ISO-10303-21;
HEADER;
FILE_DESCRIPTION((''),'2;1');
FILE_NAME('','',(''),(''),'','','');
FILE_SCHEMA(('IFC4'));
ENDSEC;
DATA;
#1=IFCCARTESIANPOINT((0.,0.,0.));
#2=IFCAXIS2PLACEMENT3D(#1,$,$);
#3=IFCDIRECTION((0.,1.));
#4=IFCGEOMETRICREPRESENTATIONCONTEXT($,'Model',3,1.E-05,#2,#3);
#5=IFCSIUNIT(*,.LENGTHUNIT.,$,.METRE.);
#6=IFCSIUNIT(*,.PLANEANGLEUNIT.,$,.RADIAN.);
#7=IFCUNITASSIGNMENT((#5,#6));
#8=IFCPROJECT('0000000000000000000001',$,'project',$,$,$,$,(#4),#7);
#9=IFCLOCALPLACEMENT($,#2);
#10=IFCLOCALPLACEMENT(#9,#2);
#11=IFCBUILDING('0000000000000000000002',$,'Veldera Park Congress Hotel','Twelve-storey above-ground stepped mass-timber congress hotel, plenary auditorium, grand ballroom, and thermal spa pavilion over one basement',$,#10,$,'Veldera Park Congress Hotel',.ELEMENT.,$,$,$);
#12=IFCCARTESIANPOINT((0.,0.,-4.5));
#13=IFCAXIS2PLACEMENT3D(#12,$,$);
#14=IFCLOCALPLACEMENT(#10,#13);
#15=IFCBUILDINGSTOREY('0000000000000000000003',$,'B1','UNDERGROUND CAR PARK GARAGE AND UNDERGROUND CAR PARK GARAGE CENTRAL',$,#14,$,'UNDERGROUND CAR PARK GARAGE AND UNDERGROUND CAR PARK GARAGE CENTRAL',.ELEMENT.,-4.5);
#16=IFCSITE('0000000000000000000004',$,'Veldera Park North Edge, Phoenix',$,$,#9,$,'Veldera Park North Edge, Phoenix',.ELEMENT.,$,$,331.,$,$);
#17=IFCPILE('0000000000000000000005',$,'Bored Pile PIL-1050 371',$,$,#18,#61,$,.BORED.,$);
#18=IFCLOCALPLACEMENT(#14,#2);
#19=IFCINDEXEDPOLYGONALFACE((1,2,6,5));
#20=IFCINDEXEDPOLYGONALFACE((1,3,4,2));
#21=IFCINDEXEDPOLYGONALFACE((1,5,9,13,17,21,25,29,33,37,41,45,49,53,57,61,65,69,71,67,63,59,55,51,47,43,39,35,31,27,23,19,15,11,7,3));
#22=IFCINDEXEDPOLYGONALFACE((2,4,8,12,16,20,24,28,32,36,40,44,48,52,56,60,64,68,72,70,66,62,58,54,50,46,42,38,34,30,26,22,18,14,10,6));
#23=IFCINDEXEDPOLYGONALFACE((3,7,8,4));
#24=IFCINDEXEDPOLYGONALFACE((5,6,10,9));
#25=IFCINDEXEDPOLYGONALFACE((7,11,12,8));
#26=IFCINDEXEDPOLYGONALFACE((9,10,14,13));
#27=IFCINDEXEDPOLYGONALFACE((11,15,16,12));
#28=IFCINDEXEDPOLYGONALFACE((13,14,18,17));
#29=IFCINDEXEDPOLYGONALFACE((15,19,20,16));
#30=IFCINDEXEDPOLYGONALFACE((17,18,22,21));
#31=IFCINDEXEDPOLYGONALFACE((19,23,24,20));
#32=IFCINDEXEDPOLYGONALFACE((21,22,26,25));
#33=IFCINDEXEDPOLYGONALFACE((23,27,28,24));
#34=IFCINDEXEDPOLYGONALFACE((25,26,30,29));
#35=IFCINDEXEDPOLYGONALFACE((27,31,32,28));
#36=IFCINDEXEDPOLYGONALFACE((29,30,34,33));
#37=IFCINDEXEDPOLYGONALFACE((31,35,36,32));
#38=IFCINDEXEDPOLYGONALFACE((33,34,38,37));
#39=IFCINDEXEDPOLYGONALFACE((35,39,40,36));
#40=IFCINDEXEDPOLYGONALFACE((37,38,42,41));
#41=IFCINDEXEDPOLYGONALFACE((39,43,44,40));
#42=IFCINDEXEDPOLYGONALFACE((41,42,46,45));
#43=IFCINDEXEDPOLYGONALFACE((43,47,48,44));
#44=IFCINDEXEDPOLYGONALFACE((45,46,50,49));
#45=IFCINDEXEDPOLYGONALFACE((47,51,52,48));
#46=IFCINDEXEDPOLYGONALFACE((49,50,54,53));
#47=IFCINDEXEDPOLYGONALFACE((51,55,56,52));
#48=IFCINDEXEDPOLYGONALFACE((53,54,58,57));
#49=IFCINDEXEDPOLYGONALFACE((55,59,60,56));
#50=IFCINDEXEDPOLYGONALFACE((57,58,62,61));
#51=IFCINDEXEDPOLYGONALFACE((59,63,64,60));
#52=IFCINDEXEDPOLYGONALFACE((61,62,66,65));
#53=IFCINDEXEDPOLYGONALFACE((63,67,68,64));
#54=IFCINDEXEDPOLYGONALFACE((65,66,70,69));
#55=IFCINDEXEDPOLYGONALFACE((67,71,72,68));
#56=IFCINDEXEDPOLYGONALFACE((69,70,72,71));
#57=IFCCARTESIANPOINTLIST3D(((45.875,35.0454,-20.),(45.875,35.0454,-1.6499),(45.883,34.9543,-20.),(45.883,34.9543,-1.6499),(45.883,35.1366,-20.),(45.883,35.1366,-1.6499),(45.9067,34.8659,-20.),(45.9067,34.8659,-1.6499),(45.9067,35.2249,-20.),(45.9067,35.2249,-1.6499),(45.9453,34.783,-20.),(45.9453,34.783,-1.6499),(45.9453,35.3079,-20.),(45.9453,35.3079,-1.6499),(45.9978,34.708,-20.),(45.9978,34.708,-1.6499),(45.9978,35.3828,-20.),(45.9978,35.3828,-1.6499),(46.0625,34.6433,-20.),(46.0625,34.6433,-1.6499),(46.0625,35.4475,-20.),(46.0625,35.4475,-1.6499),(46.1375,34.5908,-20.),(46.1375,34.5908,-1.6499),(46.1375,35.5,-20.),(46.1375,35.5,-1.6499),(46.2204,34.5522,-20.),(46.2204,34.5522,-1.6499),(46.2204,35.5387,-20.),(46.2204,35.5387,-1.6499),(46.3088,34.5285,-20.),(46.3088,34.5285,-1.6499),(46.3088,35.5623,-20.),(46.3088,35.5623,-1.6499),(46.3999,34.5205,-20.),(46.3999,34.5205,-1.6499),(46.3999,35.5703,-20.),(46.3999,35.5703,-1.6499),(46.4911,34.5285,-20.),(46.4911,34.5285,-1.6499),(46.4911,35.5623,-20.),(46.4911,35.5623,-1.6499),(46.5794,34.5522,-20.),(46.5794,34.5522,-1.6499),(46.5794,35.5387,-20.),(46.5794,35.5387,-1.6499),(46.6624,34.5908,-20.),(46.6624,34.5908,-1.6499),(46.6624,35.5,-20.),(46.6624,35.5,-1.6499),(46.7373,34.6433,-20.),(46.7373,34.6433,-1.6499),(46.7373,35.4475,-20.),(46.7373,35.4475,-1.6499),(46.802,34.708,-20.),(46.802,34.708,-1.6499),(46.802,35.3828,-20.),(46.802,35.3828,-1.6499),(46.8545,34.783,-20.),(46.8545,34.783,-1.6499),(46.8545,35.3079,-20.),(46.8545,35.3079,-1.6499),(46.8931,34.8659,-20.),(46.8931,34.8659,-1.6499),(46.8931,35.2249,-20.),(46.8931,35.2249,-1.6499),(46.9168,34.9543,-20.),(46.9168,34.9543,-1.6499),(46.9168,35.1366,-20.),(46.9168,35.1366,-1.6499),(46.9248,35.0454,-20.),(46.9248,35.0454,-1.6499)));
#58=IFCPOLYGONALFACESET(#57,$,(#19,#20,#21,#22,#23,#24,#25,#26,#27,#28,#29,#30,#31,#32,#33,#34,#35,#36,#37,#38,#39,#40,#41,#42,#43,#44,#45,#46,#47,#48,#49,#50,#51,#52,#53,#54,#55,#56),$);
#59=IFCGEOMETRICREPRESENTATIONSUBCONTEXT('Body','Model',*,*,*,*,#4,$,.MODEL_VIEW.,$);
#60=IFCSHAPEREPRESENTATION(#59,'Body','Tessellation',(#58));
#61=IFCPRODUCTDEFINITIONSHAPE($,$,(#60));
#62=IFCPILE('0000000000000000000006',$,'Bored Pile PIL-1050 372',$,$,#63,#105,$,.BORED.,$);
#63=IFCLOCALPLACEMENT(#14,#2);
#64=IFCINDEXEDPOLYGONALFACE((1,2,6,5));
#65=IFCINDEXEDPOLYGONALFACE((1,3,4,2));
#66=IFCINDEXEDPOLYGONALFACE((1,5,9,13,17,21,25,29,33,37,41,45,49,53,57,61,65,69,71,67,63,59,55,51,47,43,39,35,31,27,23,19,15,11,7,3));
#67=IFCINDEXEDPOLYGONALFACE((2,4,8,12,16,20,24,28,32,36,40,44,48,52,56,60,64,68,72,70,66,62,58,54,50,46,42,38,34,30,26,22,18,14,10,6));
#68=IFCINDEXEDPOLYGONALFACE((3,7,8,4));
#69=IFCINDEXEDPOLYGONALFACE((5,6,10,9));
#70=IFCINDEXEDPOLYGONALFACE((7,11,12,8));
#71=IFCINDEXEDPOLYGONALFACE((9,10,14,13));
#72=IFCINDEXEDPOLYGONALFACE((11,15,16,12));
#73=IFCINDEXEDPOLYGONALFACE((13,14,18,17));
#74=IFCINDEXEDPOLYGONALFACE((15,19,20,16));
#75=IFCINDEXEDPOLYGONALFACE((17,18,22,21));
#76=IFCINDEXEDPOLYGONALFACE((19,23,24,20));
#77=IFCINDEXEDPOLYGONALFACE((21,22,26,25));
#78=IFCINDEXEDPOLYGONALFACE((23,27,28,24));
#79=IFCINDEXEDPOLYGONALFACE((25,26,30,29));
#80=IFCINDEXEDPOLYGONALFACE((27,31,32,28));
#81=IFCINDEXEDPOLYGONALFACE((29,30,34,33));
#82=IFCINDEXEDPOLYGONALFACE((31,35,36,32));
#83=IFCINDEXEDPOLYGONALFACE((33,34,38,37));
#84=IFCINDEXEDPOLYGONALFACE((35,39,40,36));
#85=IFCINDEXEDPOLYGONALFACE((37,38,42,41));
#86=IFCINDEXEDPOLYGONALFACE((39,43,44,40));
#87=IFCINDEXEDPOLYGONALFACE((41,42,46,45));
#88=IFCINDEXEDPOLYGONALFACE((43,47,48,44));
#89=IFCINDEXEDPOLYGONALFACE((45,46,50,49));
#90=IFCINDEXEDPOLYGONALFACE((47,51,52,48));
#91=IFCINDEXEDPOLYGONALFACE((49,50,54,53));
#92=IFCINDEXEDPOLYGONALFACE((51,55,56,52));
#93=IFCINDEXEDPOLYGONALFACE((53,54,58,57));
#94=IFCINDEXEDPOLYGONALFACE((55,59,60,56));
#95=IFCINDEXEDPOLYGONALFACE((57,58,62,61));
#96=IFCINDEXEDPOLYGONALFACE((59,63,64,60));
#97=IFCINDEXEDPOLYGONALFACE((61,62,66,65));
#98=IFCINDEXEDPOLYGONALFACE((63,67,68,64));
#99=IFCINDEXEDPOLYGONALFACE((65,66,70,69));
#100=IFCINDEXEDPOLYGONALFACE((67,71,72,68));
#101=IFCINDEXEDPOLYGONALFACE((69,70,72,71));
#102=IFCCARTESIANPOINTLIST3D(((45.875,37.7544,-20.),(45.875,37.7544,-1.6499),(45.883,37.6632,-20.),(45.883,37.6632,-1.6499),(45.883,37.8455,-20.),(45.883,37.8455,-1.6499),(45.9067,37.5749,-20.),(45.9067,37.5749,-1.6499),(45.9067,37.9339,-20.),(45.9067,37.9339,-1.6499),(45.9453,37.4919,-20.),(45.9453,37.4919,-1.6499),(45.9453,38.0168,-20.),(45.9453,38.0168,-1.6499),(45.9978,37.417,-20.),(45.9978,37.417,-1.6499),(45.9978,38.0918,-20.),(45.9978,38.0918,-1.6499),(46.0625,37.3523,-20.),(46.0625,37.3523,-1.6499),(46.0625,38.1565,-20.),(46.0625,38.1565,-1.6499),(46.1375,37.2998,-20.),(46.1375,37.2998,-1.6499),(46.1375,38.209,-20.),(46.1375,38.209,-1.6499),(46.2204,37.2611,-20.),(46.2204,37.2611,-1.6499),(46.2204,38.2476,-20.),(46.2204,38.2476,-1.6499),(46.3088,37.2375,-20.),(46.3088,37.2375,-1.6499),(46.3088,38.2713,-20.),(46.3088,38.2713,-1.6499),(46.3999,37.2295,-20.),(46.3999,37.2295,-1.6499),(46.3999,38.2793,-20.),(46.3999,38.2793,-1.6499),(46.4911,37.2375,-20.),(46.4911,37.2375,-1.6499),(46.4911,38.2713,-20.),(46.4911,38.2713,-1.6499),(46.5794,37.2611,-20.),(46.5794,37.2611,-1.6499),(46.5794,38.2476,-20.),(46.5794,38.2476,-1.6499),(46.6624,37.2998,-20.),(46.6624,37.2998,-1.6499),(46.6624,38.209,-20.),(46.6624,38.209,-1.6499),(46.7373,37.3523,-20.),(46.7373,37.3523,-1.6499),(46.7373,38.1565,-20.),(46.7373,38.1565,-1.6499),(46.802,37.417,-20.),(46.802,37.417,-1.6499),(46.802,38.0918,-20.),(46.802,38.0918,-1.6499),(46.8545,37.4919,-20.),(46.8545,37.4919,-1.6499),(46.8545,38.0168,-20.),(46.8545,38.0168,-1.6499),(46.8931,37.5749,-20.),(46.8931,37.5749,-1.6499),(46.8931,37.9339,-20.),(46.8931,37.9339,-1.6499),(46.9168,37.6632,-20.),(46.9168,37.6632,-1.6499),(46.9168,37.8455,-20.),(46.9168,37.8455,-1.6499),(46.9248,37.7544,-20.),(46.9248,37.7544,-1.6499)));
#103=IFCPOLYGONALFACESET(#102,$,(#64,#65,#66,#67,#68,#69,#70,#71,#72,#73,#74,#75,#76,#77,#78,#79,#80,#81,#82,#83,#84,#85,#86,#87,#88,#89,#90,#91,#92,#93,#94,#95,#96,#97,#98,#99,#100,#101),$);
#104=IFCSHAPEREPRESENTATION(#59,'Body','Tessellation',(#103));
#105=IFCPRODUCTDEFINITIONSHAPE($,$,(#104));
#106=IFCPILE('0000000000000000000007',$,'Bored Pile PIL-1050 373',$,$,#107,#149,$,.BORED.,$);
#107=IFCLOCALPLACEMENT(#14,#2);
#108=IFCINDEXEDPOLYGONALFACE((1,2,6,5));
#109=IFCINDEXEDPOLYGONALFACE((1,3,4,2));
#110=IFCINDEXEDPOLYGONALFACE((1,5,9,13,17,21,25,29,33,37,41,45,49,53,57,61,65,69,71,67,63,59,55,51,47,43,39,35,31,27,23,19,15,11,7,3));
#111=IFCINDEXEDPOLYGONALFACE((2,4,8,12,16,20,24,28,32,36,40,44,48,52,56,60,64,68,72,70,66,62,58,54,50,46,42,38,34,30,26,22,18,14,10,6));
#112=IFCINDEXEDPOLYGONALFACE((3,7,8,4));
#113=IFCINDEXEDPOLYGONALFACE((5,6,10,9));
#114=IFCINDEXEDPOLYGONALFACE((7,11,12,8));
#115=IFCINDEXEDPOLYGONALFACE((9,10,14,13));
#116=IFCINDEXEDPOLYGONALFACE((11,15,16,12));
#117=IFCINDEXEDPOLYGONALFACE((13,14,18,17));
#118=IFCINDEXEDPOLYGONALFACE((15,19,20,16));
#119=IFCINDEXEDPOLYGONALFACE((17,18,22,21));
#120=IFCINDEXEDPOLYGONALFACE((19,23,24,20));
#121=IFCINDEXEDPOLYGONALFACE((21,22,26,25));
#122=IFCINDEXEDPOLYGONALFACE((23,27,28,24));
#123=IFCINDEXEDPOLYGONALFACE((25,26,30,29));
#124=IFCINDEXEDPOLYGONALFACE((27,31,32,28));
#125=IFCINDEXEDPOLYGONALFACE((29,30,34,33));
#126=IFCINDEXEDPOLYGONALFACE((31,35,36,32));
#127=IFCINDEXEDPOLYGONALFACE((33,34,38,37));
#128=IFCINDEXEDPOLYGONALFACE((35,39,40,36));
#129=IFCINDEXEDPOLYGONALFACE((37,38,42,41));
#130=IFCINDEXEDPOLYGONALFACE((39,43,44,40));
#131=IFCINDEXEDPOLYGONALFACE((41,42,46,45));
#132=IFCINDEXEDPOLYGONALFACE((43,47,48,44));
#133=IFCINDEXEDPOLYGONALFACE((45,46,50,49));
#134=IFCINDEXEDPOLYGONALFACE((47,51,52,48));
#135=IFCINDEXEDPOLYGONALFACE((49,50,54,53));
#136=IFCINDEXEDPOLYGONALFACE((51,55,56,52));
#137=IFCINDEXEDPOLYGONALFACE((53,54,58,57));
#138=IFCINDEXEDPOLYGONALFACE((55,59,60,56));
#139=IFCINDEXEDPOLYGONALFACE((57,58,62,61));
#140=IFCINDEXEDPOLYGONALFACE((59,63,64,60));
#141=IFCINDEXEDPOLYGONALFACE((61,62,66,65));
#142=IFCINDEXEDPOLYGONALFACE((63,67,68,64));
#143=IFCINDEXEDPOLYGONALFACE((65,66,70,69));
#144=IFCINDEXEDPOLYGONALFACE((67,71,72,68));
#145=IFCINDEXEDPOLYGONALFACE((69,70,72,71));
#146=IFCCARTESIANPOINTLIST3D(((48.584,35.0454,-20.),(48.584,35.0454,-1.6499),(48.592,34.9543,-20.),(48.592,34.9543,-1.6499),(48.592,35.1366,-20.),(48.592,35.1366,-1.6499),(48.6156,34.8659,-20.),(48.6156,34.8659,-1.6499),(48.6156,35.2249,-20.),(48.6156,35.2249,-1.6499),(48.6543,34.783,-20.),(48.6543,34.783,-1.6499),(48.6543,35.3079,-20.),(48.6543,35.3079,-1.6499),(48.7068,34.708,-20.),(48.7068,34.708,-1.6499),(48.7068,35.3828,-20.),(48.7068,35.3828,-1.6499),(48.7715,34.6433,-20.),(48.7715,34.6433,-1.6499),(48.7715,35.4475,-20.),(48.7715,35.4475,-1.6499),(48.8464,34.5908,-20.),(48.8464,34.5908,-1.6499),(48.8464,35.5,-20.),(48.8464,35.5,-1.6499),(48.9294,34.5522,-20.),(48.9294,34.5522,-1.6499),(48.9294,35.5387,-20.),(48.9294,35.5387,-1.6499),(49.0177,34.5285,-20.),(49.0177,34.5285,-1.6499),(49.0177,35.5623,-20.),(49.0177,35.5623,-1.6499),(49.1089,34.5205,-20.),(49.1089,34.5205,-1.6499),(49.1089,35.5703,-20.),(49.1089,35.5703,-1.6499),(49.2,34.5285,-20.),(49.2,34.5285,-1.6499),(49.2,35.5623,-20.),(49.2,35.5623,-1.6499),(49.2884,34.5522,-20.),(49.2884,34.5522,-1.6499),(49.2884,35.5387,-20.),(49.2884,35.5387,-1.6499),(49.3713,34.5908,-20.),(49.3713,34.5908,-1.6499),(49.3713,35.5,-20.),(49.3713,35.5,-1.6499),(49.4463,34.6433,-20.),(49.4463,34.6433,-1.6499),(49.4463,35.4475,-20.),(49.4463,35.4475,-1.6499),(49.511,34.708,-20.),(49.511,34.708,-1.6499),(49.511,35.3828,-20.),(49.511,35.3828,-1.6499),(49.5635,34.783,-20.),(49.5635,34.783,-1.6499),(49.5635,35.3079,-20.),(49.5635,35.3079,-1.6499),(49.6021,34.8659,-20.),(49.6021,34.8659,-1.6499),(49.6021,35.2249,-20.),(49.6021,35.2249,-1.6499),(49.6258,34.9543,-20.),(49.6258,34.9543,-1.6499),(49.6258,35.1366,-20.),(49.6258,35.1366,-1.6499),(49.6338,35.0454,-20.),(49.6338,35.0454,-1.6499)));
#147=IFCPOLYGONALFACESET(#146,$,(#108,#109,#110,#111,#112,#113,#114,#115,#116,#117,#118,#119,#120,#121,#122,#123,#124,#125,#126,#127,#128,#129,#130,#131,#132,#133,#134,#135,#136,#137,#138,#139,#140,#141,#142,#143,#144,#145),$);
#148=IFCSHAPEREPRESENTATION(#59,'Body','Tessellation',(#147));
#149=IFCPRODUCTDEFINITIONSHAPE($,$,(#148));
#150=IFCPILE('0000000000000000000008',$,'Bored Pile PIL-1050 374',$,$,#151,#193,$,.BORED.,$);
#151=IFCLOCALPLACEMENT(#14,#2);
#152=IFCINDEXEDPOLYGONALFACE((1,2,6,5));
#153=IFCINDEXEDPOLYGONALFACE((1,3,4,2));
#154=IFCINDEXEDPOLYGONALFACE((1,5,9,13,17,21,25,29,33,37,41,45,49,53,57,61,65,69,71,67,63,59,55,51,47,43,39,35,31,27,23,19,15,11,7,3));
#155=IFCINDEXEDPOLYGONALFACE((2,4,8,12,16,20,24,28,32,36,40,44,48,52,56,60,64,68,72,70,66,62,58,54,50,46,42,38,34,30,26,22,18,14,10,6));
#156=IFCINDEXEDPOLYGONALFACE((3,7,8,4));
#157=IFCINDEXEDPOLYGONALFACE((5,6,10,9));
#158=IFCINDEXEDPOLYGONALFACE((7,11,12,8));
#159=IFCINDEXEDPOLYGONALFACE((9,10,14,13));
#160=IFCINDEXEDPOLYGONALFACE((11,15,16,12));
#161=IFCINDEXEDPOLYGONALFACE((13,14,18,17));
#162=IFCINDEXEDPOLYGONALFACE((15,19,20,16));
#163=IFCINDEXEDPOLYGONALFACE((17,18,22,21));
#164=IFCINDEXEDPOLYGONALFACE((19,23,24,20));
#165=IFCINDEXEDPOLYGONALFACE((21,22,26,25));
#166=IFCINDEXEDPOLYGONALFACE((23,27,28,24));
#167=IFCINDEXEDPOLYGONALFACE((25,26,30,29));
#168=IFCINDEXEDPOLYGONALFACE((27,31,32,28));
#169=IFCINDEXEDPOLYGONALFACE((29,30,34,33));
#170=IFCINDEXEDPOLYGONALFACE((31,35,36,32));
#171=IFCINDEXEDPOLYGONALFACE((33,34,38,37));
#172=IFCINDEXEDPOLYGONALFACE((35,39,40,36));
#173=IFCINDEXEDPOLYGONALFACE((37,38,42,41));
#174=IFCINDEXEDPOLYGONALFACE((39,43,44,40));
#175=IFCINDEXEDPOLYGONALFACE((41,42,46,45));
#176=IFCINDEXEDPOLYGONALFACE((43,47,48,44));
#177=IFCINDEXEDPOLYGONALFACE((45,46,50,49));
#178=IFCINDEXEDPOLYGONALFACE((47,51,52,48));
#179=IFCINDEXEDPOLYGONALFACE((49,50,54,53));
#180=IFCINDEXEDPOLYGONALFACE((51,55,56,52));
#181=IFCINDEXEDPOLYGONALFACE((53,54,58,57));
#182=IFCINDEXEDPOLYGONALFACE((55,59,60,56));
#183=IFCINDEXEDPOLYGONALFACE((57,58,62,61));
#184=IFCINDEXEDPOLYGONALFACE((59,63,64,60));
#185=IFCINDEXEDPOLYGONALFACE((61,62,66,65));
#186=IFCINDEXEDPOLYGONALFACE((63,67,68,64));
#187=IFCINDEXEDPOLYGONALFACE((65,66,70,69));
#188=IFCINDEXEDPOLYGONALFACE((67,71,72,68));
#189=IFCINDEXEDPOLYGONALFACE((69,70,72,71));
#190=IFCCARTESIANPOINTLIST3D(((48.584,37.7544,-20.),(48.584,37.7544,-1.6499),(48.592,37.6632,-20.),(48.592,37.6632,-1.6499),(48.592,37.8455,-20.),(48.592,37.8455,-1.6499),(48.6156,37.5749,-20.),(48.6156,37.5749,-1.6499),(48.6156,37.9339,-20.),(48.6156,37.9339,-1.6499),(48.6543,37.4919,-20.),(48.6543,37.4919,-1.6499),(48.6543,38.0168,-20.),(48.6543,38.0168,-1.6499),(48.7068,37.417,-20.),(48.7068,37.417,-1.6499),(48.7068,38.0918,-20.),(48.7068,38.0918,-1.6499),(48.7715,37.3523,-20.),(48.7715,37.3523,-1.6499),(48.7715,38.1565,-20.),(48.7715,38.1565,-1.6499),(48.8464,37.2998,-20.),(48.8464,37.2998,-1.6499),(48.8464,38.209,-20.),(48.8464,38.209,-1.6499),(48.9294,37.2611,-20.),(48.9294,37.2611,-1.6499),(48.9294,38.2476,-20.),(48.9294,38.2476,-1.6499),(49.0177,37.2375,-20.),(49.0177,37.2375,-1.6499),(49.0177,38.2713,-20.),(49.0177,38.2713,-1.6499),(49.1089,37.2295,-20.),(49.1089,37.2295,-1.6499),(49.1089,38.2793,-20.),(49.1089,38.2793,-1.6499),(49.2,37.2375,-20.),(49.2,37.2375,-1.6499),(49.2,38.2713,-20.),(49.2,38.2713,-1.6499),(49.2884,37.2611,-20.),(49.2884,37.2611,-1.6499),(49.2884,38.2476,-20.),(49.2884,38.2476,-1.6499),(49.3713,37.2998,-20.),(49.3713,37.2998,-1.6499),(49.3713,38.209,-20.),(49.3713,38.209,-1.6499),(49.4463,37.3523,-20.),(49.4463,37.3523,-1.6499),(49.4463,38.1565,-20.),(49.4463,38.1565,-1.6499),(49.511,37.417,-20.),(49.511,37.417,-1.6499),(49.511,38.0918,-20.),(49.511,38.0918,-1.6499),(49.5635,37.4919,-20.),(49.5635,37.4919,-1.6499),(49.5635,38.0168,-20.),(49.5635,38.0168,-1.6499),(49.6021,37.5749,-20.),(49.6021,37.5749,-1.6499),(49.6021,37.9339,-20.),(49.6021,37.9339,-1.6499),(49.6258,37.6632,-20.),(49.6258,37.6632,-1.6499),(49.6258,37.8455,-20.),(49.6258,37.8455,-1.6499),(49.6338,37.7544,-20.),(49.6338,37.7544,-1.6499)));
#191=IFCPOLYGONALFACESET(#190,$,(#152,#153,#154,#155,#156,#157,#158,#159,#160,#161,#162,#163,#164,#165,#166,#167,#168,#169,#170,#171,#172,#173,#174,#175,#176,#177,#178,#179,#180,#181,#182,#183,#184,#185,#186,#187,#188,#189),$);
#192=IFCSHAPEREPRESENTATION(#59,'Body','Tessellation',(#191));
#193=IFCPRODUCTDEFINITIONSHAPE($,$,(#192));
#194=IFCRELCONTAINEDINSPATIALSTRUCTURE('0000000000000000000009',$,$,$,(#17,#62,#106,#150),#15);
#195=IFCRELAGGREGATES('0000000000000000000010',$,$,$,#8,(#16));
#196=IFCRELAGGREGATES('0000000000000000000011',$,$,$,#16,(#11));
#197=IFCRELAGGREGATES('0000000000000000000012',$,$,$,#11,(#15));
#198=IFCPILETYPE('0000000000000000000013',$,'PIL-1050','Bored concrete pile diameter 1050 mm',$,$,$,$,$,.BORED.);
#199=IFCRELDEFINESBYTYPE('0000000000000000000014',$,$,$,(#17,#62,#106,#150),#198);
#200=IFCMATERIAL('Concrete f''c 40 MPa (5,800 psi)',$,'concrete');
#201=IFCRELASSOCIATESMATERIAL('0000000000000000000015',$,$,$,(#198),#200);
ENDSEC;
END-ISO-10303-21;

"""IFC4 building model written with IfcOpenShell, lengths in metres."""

from ifc_helpers import new_model, si_unit, direction, frame, origin, origin_2d, place, context, subcontext, project, spatial, circle, extrude, material, material_profile, profile_set, type_object, element, save


model = new_model("IFC4")

# Units and contexts
model_context = context("Model", 3, precision=1e-05, world=origin(), true_north=direction((0.0, 1.0)))
body_context = subcontext(model_context, "Body", "Model", "MODEL_VIEW")
ifc_project = project(units=[si_unit("LENGTHUNIT", "METRE"), si_unit("PLANEANGLEUNIT", "RADIAN")], contexts=[model_context])

# Site, building, storey
site_placement = place(None, origin())
site = spatial("IfcSite", under=ifc_project, at=site_placement, Name="Veldera Park North Edge, Phoenix", LongName="Veldera Park North Edge, Phoenix", CompositionType="ELEMENT", RefElevation=331.0)
building_placement = place(site_placement, origin())
building = spatial("IfcBuilding", under=site, at=building_placement, Name="Veldera Park Congress Hotel", Description="Twelve-storey above-ground stepped mass-timber congress hotel, plenary auditorium, grand ballroom, and thermal spa pavilion over one basement", LongName="Veldera Park Congress Hotel", CompositionType="ELEMENT")
storey_placement = place(building_placement, frame((0.0, 0.0, -4.5)))
storey = spatial("IfcBuildingStorey", under=building, at=storey_placement, Name="B1", Description="UNDERGROUND CAR PARK GARAGE AND UNDERGROUND CAR PARK GARAGE CENTRAL", LongName="UNDERGROUND CAR PARK GARAGE AND UNDERGROUND CAR PARK GARAGE CENTRAL", CompositionType="ELEMENT", Elevation=-4.5)

# Shared definitions
ifc_material_1 = material(Name="Concrete f'c 40 MPa (5,800 psi)", Category="concrete")

# Piles
ifc_material_profile_1 = material_profile(ifc_material_1, circle(Radius=0.5249, at=origin_2d()), Name="PILE D1050")
ifc_profile_set_1 = profile_set([ifc_material_profile_1], Name="Concrete f'c 40 MPa (5,800 psi)")
pile_type = type_object("IfcPileType", Name="PIL-1050", Description="Bored concrete pile diameter 1050 mm", PredefinedType="BORED", material=ifc_profile_set_1)
for number, where, z_axis, x_axis, name in (
    (1, (46.3999, 35.0454, -1.6499), (0.0, 0.0, -1.0), (1.0, 0.0, 0.0), "Bored Pile PIL-1050 371"),
    (2, (46.3999, 37.7544, -1.6499), (0.0, 0.0, -1.0), (1.0, 0.0, 0.0), "Bored Pile PIL-1050 372"),
    (3, (49.1089, 35.0454, -1.6499), (0.0, 0.0, -1.0), (1.0, 0.0, 0.0), "Bored Pile PIL-1050 373"),
    (4, (49.1089, 37.7544, -1.6499), (0.0, 0.0, -1.0), (1.0, 0.0, 0.0), "Bored Pile PIL-1050 374"),
):
    element("IfcPile", number, at=place(storey_placement, frame(where, z_axis=z_axis, x_axis=x_axis)), inside=storey, type_object=pile_type, Name=name, PredefinedType="BORED", context=body_context, shape_type="SweptSolid", body=[
        extrude(circle(Radius=0.5249, at=origin_2d()), origin(), (0.0, 0.0, 1.0), 18.3501),
    ])

save(model, "model.ifc")
